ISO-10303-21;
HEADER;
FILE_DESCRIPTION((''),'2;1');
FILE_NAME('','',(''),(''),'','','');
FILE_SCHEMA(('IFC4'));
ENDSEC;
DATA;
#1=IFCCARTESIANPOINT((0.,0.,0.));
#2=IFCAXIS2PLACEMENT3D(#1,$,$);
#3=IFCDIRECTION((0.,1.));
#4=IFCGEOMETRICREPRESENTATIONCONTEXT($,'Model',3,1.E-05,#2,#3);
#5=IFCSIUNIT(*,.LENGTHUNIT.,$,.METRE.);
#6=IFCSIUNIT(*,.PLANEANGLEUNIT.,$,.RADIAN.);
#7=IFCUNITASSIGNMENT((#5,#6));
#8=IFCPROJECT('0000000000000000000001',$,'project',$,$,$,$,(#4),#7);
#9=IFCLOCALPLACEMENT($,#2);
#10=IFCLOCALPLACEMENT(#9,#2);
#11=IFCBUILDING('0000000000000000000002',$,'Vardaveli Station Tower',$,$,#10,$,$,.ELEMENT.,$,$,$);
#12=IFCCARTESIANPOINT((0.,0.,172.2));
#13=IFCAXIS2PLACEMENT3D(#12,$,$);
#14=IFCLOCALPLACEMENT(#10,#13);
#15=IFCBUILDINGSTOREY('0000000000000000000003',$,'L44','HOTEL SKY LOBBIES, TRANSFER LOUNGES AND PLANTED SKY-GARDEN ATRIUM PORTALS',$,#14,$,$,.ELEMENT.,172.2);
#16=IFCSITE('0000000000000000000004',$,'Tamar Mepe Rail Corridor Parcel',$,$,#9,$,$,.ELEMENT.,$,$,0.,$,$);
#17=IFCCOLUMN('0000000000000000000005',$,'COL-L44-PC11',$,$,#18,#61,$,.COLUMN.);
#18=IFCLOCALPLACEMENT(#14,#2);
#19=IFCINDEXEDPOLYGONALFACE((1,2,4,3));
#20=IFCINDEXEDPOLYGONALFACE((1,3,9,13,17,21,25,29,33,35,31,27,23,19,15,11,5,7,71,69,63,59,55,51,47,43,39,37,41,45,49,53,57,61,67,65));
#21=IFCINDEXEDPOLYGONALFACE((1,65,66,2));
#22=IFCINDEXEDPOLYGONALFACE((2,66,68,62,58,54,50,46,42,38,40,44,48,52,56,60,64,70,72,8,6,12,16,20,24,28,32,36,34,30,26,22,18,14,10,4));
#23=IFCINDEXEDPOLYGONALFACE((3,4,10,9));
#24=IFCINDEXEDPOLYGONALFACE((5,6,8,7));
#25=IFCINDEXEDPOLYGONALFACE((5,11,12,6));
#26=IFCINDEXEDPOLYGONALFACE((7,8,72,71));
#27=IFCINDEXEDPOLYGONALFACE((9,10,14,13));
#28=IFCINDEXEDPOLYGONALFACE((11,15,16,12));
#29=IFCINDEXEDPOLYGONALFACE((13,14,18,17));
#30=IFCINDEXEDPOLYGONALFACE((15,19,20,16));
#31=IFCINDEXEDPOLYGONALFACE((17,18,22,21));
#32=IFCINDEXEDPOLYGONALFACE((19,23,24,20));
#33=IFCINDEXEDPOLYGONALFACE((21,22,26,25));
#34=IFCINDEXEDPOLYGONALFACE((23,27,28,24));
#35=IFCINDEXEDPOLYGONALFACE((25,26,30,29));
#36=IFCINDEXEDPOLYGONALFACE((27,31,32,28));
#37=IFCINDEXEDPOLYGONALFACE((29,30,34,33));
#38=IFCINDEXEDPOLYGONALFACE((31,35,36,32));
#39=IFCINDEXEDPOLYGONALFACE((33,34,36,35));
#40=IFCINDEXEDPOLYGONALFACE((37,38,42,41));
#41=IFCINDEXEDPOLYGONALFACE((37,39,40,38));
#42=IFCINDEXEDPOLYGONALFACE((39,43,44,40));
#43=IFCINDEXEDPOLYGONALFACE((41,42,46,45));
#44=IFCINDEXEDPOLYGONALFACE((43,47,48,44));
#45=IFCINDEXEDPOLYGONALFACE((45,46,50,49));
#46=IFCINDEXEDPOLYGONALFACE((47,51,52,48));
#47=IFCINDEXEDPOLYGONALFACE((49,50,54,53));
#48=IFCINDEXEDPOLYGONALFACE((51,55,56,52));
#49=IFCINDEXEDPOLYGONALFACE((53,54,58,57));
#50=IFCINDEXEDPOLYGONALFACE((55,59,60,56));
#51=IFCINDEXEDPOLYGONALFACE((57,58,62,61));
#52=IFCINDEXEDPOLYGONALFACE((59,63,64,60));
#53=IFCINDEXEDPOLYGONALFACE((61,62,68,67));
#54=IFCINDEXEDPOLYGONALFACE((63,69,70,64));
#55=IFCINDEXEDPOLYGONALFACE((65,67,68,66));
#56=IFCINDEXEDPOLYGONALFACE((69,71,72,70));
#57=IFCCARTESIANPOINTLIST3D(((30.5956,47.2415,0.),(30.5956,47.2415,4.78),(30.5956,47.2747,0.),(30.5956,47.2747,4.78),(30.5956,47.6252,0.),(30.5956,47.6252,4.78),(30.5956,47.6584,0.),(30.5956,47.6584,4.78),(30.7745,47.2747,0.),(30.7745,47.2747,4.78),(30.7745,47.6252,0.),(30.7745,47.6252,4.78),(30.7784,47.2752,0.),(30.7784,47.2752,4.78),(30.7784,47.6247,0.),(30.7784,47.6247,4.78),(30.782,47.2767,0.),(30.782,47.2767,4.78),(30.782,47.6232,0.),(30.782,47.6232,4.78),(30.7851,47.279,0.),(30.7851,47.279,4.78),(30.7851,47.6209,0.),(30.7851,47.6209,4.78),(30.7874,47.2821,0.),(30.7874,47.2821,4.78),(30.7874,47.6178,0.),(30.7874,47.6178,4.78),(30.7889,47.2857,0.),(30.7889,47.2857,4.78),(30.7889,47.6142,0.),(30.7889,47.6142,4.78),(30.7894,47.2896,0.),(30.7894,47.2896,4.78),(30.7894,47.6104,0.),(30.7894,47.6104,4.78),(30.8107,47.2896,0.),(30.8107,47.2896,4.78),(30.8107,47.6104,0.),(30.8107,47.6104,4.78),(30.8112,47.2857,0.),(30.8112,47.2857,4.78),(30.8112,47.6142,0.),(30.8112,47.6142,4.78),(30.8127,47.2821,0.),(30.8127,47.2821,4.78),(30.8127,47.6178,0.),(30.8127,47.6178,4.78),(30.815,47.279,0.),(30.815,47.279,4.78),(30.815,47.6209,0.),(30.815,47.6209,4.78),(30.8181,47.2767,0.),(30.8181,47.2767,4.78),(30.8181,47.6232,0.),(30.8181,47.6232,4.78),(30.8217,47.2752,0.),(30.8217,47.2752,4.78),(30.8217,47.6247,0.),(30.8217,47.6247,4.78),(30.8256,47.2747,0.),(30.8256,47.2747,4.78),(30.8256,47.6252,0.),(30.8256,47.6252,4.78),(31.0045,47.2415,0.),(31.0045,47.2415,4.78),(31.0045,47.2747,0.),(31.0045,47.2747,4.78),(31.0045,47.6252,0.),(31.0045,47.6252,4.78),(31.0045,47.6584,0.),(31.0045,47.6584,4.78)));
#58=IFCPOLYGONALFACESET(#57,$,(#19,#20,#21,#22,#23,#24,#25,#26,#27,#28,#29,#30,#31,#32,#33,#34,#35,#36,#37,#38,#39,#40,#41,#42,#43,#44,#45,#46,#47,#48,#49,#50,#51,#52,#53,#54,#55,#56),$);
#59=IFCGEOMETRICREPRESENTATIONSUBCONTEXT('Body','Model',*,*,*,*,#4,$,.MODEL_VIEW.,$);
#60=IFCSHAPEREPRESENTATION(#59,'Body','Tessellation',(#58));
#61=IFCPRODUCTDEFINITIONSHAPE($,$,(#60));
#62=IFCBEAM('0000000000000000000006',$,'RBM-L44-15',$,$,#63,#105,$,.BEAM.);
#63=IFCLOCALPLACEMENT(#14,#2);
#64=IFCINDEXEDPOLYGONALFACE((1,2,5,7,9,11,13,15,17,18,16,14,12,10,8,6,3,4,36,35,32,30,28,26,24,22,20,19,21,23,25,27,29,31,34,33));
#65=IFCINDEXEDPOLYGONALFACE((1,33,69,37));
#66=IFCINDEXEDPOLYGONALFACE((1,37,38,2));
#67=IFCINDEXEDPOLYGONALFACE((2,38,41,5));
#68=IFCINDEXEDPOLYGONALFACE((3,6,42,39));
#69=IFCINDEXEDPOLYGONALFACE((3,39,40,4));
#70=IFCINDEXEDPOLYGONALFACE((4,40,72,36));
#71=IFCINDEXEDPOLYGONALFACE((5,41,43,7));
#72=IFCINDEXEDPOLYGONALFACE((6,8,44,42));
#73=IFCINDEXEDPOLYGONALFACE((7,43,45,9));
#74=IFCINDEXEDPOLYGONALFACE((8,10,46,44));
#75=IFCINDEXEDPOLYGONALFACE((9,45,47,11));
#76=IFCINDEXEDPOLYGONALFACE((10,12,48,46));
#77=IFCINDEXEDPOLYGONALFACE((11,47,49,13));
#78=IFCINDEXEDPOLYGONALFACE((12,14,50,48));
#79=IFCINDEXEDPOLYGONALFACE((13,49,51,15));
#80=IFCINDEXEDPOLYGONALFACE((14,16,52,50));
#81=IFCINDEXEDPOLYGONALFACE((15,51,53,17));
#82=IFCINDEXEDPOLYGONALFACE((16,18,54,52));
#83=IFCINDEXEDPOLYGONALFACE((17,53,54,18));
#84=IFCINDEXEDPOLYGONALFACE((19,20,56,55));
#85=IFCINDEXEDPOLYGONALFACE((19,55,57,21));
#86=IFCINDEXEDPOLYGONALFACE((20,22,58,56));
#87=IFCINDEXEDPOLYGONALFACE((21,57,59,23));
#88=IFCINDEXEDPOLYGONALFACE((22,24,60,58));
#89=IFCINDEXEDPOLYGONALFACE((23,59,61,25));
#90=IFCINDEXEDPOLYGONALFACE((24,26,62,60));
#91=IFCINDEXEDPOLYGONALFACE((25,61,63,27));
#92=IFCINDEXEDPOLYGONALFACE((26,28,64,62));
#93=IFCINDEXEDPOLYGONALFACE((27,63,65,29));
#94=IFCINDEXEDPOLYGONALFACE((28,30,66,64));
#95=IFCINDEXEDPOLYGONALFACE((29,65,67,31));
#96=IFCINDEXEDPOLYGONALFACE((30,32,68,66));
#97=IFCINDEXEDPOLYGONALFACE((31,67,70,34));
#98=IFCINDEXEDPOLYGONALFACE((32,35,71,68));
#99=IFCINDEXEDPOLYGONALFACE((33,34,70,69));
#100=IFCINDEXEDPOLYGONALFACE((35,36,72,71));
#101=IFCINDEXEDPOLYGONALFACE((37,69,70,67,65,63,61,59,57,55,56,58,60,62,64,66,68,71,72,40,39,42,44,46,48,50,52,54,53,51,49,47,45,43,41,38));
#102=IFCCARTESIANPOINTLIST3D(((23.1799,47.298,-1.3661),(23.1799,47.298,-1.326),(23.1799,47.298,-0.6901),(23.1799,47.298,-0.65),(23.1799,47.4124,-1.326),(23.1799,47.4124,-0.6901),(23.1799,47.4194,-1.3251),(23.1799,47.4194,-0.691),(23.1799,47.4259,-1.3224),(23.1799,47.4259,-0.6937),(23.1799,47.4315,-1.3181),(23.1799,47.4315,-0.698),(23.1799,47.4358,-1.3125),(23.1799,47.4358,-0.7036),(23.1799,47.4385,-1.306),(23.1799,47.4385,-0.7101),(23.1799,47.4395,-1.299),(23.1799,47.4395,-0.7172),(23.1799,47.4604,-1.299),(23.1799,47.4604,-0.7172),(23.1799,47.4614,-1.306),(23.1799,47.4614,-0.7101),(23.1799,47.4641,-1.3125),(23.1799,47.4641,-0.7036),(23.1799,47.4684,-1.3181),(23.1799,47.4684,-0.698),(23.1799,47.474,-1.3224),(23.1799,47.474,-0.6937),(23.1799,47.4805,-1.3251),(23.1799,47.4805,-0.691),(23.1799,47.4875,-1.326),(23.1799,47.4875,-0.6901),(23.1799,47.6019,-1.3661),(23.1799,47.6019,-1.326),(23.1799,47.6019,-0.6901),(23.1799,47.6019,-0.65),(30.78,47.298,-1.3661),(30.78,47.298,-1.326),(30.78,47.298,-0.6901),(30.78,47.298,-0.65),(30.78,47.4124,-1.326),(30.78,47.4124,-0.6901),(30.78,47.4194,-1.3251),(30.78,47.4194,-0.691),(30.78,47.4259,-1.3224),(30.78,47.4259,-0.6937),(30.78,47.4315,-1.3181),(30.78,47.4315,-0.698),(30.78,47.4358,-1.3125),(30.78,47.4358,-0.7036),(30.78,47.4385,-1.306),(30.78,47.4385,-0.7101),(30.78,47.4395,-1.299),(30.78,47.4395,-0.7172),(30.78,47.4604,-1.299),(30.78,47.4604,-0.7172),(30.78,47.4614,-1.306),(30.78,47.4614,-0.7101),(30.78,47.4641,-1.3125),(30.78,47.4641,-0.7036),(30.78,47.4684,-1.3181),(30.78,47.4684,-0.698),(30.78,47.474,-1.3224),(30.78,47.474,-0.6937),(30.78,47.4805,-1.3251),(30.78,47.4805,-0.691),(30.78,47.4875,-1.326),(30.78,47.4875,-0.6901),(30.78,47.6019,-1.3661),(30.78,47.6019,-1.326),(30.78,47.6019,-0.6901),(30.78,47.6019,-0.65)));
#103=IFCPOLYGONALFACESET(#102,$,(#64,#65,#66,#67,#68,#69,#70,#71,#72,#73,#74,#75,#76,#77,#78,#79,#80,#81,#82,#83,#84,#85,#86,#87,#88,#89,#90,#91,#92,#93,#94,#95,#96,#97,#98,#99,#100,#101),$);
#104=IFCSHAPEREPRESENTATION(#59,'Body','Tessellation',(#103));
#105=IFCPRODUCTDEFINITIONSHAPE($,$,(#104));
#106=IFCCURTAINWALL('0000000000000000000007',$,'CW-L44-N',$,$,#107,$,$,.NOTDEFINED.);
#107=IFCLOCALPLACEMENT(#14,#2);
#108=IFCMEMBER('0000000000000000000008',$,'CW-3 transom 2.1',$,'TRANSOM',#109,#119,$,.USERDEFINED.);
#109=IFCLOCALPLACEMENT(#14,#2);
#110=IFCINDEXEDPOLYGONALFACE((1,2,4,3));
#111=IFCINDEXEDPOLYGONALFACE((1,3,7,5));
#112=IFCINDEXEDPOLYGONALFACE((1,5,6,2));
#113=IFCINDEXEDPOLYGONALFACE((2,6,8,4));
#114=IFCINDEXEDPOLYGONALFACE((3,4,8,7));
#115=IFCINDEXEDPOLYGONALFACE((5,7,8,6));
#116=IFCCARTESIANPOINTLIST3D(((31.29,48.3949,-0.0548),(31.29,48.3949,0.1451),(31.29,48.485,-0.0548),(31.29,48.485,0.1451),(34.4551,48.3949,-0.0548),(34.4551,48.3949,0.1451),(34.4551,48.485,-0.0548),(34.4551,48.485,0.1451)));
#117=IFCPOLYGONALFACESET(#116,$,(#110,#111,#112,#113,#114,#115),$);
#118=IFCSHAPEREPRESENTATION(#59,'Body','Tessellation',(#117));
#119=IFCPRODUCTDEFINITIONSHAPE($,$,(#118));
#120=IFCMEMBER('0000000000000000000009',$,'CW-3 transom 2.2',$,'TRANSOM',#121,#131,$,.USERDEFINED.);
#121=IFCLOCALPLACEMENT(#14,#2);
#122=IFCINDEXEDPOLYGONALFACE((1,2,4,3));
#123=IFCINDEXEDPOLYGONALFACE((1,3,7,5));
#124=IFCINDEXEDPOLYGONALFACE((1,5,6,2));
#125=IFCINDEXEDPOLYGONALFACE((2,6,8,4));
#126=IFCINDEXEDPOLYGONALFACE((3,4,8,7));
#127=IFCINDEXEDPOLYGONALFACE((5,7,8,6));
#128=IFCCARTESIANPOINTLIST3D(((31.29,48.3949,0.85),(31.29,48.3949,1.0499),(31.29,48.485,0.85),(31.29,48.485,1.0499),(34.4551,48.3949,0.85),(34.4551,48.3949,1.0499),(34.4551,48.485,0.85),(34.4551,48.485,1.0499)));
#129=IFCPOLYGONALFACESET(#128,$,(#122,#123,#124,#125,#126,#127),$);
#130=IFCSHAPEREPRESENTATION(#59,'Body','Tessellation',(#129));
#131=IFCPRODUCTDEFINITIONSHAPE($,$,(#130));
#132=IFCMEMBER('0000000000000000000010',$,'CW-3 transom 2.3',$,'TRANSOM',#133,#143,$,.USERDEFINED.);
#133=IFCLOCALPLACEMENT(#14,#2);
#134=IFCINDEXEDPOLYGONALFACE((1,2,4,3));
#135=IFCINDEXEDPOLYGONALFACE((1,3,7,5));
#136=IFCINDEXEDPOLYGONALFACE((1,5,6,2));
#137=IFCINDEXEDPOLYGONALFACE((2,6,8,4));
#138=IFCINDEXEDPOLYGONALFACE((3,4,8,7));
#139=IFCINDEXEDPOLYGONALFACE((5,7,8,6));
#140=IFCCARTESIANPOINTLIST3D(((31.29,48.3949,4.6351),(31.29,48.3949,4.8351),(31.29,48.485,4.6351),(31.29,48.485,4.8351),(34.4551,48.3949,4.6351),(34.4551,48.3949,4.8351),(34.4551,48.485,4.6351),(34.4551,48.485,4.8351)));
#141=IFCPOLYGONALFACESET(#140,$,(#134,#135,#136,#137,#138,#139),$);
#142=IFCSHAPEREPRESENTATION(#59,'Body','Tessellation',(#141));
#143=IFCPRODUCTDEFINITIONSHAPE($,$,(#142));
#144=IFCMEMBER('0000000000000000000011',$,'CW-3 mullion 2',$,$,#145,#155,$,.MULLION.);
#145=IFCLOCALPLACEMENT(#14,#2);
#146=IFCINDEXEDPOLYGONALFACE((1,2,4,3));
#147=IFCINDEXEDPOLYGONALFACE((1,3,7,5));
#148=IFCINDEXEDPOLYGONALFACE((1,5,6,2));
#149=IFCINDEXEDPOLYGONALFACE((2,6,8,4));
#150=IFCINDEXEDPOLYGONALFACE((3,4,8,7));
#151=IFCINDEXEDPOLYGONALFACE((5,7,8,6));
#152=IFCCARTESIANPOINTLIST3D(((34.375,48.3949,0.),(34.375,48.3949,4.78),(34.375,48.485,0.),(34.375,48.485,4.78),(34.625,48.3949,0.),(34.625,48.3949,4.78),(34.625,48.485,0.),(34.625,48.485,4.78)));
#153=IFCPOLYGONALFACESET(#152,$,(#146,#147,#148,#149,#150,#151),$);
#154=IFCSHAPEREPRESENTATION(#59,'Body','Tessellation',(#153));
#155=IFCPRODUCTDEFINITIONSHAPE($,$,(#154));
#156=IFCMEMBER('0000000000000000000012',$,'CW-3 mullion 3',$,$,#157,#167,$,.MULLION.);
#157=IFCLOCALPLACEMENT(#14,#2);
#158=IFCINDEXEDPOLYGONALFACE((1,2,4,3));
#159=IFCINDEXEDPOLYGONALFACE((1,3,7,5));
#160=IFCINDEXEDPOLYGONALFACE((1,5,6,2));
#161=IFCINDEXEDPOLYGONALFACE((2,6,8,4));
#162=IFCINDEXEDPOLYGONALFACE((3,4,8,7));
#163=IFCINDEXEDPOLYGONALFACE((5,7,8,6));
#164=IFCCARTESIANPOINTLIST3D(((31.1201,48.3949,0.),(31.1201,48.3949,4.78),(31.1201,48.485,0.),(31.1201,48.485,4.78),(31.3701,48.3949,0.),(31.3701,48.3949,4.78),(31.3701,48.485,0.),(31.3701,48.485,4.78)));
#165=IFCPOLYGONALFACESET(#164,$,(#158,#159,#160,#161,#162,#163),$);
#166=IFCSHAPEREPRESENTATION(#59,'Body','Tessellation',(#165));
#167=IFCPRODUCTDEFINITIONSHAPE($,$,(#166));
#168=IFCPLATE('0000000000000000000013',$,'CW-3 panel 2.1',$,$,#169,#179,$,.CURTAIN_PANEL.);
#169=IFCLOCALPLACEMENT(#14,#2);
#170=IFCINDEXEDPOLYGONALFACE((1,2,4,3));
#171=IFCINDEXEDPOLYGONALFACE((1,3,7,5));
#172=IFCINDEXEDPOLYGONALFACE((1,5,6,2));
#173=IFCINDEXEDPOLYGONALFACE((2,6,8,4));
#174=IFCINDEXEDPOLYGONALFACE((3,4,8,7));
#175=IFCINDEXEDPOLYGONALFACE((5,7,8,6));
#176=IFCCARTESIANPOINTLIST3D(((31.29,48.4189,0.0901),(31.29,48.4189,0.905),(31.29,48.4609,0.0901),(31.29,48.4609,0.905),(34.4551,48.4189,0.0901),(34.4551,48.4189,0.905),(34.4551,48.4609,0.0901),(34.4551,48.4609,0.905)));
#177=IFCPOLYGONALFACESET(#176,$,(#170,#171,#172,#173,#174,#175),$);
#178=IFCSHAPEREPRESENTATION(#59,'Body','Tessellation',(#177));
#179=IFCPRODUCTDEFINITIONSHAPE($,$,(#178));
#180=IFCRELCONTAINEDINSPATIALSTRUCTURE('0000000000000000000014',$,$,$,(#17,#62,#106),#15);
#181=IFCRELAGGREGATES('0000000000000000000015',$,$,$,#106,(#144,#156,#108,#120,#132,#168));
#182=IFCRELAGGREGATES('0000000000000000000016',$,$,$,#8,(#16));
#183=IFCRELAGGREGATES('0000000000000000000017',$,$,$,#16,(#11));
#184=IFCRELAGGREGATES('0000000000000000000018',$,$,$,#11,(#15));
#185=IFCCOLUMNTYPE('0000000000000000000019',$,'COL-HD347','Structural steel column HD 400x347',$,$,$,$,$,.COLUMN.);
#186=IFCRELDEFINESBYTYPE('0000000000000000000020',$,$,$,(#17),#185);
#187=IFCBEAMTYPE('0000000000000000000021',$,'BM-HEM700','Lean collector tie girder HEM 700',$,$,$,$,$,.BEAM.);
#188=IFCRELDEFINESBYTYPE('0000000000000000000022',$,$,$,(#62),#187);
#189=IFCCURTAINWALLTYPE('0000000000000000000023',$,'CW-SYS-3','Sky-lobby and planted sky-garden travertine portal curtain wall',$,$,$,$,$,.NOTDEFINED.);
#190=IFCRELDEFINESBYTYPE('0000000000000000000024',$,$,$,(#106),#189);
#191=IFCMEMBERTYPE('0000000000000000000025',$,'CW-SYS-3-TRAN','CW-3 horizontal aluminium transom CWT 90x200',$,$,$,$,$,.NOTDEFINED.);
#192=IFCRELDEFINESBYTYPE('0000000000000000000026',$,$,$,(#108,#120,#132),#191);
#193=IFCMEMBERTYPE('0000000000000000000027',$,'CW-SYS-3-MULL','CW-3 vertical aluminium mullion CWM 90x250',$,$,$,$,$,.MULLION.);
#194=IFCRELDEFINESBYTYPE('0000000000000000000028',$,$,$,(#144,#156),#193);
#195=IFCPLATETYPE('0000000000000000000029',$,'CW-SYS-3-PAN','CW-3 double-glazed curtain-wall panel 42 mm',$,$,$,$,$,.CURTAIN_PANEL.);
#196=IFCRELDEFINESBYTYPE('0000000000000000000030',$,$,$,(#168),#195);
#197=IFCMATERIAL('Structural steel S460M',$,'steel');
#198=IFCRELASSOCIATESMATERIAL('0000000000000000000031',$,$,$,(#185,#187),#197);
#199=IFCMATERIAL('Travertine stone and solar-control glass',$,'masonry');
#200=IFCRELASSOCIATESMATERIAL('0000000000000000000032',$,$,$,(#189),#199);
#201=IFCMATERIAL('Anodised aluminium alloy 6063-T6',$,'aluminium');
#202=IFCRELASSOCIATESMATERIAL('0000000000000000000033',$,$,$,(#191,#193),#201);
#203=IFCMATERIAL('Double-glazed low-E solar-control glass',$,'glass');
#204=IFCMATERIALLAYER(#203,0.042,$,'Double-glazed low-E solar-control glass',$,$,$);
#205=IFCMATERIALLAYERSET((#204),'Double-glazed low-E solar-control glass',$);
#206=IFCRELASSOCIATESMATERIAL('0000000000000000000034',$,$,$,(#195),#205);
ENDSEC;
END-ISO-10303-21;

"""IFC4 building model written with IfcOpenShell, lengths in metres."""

from ifc_helpers import new_model, si_unit, direction, frame, origin, origin_2d, place, context, subcontext, project, spatial, rectangle, i_section, extrude, source, transform, mapped, material, layer, layer_set, material_profile, profile_set, type_object, element, aggregate, save


model = new_model("IFC4")

# Units and contexts
model_context = context("Model", 3, precision=1e-05, world=origin(), true_north=direction((0.0, 1.0)))
body_context = subcontext(model_context, "Body", "Model", "MODEL_VIEW")
ifc_project = project(units=[si_unit("LENGTHUNIT", "METRE"), si_unit("PLANEANGLEUNIT", "RADIAN")], contexts=[model_context])

# Site, building, storey
site_placement = place(None, origin())
site = spatial("IfcSite", under=ifc_project, at=site_placement, Name="Tamar Mepe Rail Corridor Parcel", CompositionType="ELEMENT", RefElevation=0.0)
building_placement = place(site_placement, origin())
building = spatial("IfcBuilding", under=site, at=building_placement, Name="Vardaveli Station Tower", CompositionType="ELEMENT")
storey_placement = place(building_placement, frame((0.0, 0.0, 172.2)))
storey = spatial("IfcBuildingStorey", under=building, at=storey_placement, Name="L44", Description="HOTEL SKY LOBBIES, TRANSFER LOUNGES AND PLANTED SKY-GARDEN ATRIUM PORTALS", CompositionType="ELEMENT", Elevation=172.2)

# Column
ifc_material_1 = material(Name="Structural steel S460M", Category="steel")
ifc_material_profile_1 = material_profile(ifc_material_1, i_section(OverallWidth=0.4089, OverallDepth=0.417, WebThickness=0.0212, FlangeThickness=0.0332, FilletRadius=0.0149, at=origin_2d()), Name="HD 400x347")
ifc_profile_set_1 = profile_set([ifc_material_profile_1], Name="Structural steel S460M")
column_type = type_object("IfcColumnType", Name="COL-HD347", Description="Structural steel column HD 400x347", PredefinedType="COLUMN", material=ifc_profile_set_1)
shared_shape_1 = source(origin(), body_context, "Body", "SweptSolid", [
    extrude(i_section(OverallWidth=0.4089, OverallDepth=0.417, WebThickness=0.0212, FlangeThickness=0.0332, FilletRadius=0.0149, at=origin_2d()), origin(), (0.0, 0.0, 1.0), 4.78),
])
column_placement = place(storey_placement, frame((30.8, 47.45, 0.0), z_axis=(0.0, 0.0, 1.0), x_axis=(1.0, 0.0, 0.0)))
element("IfcColumn", 1, at=column_placement, inside=storey, type_object=column_type, Name="COL-L44-PC11", PredefinedType="COLUMN", context=body_context, shape_type="MappedRepresentation", body=[
    mapped(shared_shape_1, transform((0.0, 0.0, 0.0), scale=1.0)),
])

# Beam
ifc_material_profile_2 = material_profile(ifc_material_1, i_section(OverallWidth=0.304, OverallDepth=0.7161, WebThickness=0.021, FlangeThickness=0.04, FilletRadius=0.0271, at=origin_2d()), Name="HEM 700")
ifc_profile_set_2 = profile_set([ifc_material_profile_2], Name="Structural steel S460M")
beam_type = type_object("IfcBeamType", Name="BM-HEM700", Description="Lean collector tie girder HEM 700", PredefinedType="BEAM", material=ifc_profile_set_2)
shared_shape_2 = source(origin(), body_context, "Body", "SweptSolid", [
    extrude(i_section(OverallWidth=0.304, OverallDepth=0.7161, WebThickness=0.021, FlangeThickness=0.04, FilletRadius=0.0271, at=origin_2d()), origin(), (0.0, 0.0, 1.0), 7.6001),
])
beam_placement = place(storey_placement, frame((30.78, 47.45, -1.0081), z_axis=(-1.0, 0.0, 0.0), x_axis=(0.0, -1.0, 0.0)))
element("IfcBeam", 2, at=beam_placement, inside=storey, type_object=beam_type, Name="RBM-L44-15", PredefinedType="BEAM", context=body_context, shape_type="MappedRepresentation", body=[
    mapped(shared_shape_2, transform((0.0, 0.0, 0.0), scale=1.0)),
])

# Curtain wall, members, plate
ifc_material_2 = material(Name="Travertine stone and solar-control glass", Category="masonry")
curtain_wall_type = type_object("IfcCurtainWallType", Name="CW-SYS-3", Description="Sky-lobby and planted sky-garden travertine portal curtain wall", PredefinedType="NOTDEFINED", material=ifc_material_2)
curtain_wall_placement = place(storey_placement, origin())
curtain_wall = element("IfcCurtainWall", 3, at=curtain_wall_placement, inside=storey, type_object=curtain_wall_type, Name="CW-L44-N", PredefinedType="NOTDEFINED")
ifc_material_3 = material(Name="Anodised aluminium alloy 6063-T6", Category="aluminium")
ifc_material_profile_3 = material_profile(ifc_material_3, rectangle(XDim=0.0901, YDim=0.2, at=origin_2d()), Name="CWT 90x200")
ifc_profile_set_3 = profile_set([ifc_material_profile_3], Name="Anodised aluminium alloy 6063-T6")
member_type_1 = type_object("IfcMemberType", Name="CW-SYS-3-TRAN", Description="CW-3 horizontal aluminium transom CWT 90x200", PredefinedType="NOTDEFINED", material=ifc_profile_set_3)
shared_shape_3 = source(origin(), body_context, "Body", "SweptSolid", [
    extrude(rectangle(XDim=0.0901, YDim=0.2, at=origin_2d()), origin(), (0.0, 0.0, 1.0), 3.165),
])
member_1_placement = place(storey_placement, frame((34.4551, 48.4399, 0.0452), z_axis=(-1.0, 0.0, 0.0), x_axis=(0.0, -1.0, 0.0)))
member_1 = element("IfcMember", 4, at=member_1_placement, type_object=member_type_1, Name="CW-3 transom 2.1", ObjectType="TRANSOM", PredefinedType="USERDEFINED", context=body_context, shape_type="MappedRepresentation", body=[
    mapped(shared_shape_3, transform((0.0, 0.0, 0.0), scale=1.0)),
])
member_2_placement = place(storey_placement, frame((34.4551, 48.4399, 0.95), z_axis=(-1.0, 0.0, 0.0), x_axis=(0.0, -1.0, 0.0)))
member_2 = element("IfcMember", 5, at=member_2_placement, type_object=member_type_1, Name="CW-3 transom 2.2", ObjectType="TRANSOM", PredefinedType="USERDEFINED", context=body_context, shape_type="MappedRepresentation", body=[
    mapped(shared_shape_3, transform((0.0, 0.0, 0.0), scale=1.0)),
])
member_3_placement = place(storey_placement, frame((34.4551, 48.4399, 4.7351), z_axis=(-1.0, 0.0, 0.0), x_axis=(0.0, -1.0, 0.0)))
member_3 = element("IfcMember", 6, at=member_3_placement, type_object=member_type_1, Name="CW-3 transom 2.3", ObjectType="TRANSOM", PredefinedType="USERDEFINED", context=body_context, shape_type="MappedRepresentation", body=[
    mapped(shared_shape_3, transform((0.0, 0.0, 0.0), scale=1.0)),
])
ifc_material_profile_4 = material_profile(ifc_material_3, rectangle(XDim=0.0901, YDim=0.25, at=origin_2d()), Name="CWM 90x250")
ifc_profile_set_4 = profile_set([ifc_material_profile_4], Name="Anodised aluminium alloy 6063-T6")
member_type_2 = type_object("IfcMemberType", Name="CW-SYS-3-MULL", Description="CW-3 vertical aluminium mullion CWM 90x250", PredefinedType="MULLION", material=ifc_profile_set_4)
shared_shape_4 = source(origin(), body_context, "Body", "SweptSolid", [
    extrude(rectangle(XDim=0.0901, YDim=0.25, at=origin_2d()), origin(), (0.0, 0.0, 1.0), 4.78),
])
member_4_placement = place(storey_placement, frame((34.5, 48.4399, 0.0), z_axis=(0.0, 0.0, 1.0), x_axis=(0.0, -1.0, 0.0)))
member_4 = element("IfcMember", 7, at=member_4_placement, type_object=member_type_2, Name="CW-3 mullion 2", PredefinedType="MULLION", context=body_context, shape_type="MappedRepresentation", body=[
    mapped(shared_shape_4, transform((0.0, 0.0, 0.0), scale=1.0)),
])
member_5_placement = place(storey_placement, frame((31.2451, 48.4399, 0.0), z_axis=(0.0, 0.0, 1.0), x_axis=(0.0, -1.0, 0.0)))
member_5 = element("IfcMember", 8, at=member_5_placement, type_object=member_type_2, Name="CW-3 mullion 3", PredefinedType="MULLION", context=body_context, shape_type="MappedRepresentation", body=[
    mapped(shared_shape_4, transform((0.0, 0.0, 0.0), scale=1.0)),
])
ifc_material_4 = material(Name="Double-glazed low-E solar-control glass", Category="glass")
ifc_layer_1 = layer(ifc_material_4, 0.042, Name="Double-glazed low-E solar-control glass")
ifc_layer_set_1 = layer_set([ifc_layer_1], Name="Double-glazed low-E solar-control glass")
plate_type = type_object("IfcPlateType", Name="CW-SYS-3-PAN", Description="CW-3 double-glazed curtain-wall panel 42 mm", PredefinedType="CURTAIN_PANEL", material=ifc_layer_set_1)
shared_shape_5 = source(origin(), body_context, "Body", "SweptSolid", [
    extrude(rectangle(XDim=3.165, YDim=0.042, at=origin_2d()), origin(), (0.0, 0.0, 1.0), 0.8149),
])
plate_1_placement = place(storey_placement, frame((32.8726, 48.4399, 0.0901), z_axis=(0.0, 0.0, 1.0), x_axis=(-1.0, 0.0, 0.0)))
plate_1 = element("IfcPlate", 9, at=plate_1_placement, type_object=plate_type, Name="CW-3 panel 2.1", PredefinedType="CURTAIN_PANEL", context=body_context, shape_type="MappedRepresentation", body=[
    mapped(shared_shape_5, transform((0.0, 0.0, 0.0), scale=1.0)),
])
aggregate(curtain_wall, [member_4, member_5, member_1, member_2, member_3, plate_1])

save(model, "model.ifc")
